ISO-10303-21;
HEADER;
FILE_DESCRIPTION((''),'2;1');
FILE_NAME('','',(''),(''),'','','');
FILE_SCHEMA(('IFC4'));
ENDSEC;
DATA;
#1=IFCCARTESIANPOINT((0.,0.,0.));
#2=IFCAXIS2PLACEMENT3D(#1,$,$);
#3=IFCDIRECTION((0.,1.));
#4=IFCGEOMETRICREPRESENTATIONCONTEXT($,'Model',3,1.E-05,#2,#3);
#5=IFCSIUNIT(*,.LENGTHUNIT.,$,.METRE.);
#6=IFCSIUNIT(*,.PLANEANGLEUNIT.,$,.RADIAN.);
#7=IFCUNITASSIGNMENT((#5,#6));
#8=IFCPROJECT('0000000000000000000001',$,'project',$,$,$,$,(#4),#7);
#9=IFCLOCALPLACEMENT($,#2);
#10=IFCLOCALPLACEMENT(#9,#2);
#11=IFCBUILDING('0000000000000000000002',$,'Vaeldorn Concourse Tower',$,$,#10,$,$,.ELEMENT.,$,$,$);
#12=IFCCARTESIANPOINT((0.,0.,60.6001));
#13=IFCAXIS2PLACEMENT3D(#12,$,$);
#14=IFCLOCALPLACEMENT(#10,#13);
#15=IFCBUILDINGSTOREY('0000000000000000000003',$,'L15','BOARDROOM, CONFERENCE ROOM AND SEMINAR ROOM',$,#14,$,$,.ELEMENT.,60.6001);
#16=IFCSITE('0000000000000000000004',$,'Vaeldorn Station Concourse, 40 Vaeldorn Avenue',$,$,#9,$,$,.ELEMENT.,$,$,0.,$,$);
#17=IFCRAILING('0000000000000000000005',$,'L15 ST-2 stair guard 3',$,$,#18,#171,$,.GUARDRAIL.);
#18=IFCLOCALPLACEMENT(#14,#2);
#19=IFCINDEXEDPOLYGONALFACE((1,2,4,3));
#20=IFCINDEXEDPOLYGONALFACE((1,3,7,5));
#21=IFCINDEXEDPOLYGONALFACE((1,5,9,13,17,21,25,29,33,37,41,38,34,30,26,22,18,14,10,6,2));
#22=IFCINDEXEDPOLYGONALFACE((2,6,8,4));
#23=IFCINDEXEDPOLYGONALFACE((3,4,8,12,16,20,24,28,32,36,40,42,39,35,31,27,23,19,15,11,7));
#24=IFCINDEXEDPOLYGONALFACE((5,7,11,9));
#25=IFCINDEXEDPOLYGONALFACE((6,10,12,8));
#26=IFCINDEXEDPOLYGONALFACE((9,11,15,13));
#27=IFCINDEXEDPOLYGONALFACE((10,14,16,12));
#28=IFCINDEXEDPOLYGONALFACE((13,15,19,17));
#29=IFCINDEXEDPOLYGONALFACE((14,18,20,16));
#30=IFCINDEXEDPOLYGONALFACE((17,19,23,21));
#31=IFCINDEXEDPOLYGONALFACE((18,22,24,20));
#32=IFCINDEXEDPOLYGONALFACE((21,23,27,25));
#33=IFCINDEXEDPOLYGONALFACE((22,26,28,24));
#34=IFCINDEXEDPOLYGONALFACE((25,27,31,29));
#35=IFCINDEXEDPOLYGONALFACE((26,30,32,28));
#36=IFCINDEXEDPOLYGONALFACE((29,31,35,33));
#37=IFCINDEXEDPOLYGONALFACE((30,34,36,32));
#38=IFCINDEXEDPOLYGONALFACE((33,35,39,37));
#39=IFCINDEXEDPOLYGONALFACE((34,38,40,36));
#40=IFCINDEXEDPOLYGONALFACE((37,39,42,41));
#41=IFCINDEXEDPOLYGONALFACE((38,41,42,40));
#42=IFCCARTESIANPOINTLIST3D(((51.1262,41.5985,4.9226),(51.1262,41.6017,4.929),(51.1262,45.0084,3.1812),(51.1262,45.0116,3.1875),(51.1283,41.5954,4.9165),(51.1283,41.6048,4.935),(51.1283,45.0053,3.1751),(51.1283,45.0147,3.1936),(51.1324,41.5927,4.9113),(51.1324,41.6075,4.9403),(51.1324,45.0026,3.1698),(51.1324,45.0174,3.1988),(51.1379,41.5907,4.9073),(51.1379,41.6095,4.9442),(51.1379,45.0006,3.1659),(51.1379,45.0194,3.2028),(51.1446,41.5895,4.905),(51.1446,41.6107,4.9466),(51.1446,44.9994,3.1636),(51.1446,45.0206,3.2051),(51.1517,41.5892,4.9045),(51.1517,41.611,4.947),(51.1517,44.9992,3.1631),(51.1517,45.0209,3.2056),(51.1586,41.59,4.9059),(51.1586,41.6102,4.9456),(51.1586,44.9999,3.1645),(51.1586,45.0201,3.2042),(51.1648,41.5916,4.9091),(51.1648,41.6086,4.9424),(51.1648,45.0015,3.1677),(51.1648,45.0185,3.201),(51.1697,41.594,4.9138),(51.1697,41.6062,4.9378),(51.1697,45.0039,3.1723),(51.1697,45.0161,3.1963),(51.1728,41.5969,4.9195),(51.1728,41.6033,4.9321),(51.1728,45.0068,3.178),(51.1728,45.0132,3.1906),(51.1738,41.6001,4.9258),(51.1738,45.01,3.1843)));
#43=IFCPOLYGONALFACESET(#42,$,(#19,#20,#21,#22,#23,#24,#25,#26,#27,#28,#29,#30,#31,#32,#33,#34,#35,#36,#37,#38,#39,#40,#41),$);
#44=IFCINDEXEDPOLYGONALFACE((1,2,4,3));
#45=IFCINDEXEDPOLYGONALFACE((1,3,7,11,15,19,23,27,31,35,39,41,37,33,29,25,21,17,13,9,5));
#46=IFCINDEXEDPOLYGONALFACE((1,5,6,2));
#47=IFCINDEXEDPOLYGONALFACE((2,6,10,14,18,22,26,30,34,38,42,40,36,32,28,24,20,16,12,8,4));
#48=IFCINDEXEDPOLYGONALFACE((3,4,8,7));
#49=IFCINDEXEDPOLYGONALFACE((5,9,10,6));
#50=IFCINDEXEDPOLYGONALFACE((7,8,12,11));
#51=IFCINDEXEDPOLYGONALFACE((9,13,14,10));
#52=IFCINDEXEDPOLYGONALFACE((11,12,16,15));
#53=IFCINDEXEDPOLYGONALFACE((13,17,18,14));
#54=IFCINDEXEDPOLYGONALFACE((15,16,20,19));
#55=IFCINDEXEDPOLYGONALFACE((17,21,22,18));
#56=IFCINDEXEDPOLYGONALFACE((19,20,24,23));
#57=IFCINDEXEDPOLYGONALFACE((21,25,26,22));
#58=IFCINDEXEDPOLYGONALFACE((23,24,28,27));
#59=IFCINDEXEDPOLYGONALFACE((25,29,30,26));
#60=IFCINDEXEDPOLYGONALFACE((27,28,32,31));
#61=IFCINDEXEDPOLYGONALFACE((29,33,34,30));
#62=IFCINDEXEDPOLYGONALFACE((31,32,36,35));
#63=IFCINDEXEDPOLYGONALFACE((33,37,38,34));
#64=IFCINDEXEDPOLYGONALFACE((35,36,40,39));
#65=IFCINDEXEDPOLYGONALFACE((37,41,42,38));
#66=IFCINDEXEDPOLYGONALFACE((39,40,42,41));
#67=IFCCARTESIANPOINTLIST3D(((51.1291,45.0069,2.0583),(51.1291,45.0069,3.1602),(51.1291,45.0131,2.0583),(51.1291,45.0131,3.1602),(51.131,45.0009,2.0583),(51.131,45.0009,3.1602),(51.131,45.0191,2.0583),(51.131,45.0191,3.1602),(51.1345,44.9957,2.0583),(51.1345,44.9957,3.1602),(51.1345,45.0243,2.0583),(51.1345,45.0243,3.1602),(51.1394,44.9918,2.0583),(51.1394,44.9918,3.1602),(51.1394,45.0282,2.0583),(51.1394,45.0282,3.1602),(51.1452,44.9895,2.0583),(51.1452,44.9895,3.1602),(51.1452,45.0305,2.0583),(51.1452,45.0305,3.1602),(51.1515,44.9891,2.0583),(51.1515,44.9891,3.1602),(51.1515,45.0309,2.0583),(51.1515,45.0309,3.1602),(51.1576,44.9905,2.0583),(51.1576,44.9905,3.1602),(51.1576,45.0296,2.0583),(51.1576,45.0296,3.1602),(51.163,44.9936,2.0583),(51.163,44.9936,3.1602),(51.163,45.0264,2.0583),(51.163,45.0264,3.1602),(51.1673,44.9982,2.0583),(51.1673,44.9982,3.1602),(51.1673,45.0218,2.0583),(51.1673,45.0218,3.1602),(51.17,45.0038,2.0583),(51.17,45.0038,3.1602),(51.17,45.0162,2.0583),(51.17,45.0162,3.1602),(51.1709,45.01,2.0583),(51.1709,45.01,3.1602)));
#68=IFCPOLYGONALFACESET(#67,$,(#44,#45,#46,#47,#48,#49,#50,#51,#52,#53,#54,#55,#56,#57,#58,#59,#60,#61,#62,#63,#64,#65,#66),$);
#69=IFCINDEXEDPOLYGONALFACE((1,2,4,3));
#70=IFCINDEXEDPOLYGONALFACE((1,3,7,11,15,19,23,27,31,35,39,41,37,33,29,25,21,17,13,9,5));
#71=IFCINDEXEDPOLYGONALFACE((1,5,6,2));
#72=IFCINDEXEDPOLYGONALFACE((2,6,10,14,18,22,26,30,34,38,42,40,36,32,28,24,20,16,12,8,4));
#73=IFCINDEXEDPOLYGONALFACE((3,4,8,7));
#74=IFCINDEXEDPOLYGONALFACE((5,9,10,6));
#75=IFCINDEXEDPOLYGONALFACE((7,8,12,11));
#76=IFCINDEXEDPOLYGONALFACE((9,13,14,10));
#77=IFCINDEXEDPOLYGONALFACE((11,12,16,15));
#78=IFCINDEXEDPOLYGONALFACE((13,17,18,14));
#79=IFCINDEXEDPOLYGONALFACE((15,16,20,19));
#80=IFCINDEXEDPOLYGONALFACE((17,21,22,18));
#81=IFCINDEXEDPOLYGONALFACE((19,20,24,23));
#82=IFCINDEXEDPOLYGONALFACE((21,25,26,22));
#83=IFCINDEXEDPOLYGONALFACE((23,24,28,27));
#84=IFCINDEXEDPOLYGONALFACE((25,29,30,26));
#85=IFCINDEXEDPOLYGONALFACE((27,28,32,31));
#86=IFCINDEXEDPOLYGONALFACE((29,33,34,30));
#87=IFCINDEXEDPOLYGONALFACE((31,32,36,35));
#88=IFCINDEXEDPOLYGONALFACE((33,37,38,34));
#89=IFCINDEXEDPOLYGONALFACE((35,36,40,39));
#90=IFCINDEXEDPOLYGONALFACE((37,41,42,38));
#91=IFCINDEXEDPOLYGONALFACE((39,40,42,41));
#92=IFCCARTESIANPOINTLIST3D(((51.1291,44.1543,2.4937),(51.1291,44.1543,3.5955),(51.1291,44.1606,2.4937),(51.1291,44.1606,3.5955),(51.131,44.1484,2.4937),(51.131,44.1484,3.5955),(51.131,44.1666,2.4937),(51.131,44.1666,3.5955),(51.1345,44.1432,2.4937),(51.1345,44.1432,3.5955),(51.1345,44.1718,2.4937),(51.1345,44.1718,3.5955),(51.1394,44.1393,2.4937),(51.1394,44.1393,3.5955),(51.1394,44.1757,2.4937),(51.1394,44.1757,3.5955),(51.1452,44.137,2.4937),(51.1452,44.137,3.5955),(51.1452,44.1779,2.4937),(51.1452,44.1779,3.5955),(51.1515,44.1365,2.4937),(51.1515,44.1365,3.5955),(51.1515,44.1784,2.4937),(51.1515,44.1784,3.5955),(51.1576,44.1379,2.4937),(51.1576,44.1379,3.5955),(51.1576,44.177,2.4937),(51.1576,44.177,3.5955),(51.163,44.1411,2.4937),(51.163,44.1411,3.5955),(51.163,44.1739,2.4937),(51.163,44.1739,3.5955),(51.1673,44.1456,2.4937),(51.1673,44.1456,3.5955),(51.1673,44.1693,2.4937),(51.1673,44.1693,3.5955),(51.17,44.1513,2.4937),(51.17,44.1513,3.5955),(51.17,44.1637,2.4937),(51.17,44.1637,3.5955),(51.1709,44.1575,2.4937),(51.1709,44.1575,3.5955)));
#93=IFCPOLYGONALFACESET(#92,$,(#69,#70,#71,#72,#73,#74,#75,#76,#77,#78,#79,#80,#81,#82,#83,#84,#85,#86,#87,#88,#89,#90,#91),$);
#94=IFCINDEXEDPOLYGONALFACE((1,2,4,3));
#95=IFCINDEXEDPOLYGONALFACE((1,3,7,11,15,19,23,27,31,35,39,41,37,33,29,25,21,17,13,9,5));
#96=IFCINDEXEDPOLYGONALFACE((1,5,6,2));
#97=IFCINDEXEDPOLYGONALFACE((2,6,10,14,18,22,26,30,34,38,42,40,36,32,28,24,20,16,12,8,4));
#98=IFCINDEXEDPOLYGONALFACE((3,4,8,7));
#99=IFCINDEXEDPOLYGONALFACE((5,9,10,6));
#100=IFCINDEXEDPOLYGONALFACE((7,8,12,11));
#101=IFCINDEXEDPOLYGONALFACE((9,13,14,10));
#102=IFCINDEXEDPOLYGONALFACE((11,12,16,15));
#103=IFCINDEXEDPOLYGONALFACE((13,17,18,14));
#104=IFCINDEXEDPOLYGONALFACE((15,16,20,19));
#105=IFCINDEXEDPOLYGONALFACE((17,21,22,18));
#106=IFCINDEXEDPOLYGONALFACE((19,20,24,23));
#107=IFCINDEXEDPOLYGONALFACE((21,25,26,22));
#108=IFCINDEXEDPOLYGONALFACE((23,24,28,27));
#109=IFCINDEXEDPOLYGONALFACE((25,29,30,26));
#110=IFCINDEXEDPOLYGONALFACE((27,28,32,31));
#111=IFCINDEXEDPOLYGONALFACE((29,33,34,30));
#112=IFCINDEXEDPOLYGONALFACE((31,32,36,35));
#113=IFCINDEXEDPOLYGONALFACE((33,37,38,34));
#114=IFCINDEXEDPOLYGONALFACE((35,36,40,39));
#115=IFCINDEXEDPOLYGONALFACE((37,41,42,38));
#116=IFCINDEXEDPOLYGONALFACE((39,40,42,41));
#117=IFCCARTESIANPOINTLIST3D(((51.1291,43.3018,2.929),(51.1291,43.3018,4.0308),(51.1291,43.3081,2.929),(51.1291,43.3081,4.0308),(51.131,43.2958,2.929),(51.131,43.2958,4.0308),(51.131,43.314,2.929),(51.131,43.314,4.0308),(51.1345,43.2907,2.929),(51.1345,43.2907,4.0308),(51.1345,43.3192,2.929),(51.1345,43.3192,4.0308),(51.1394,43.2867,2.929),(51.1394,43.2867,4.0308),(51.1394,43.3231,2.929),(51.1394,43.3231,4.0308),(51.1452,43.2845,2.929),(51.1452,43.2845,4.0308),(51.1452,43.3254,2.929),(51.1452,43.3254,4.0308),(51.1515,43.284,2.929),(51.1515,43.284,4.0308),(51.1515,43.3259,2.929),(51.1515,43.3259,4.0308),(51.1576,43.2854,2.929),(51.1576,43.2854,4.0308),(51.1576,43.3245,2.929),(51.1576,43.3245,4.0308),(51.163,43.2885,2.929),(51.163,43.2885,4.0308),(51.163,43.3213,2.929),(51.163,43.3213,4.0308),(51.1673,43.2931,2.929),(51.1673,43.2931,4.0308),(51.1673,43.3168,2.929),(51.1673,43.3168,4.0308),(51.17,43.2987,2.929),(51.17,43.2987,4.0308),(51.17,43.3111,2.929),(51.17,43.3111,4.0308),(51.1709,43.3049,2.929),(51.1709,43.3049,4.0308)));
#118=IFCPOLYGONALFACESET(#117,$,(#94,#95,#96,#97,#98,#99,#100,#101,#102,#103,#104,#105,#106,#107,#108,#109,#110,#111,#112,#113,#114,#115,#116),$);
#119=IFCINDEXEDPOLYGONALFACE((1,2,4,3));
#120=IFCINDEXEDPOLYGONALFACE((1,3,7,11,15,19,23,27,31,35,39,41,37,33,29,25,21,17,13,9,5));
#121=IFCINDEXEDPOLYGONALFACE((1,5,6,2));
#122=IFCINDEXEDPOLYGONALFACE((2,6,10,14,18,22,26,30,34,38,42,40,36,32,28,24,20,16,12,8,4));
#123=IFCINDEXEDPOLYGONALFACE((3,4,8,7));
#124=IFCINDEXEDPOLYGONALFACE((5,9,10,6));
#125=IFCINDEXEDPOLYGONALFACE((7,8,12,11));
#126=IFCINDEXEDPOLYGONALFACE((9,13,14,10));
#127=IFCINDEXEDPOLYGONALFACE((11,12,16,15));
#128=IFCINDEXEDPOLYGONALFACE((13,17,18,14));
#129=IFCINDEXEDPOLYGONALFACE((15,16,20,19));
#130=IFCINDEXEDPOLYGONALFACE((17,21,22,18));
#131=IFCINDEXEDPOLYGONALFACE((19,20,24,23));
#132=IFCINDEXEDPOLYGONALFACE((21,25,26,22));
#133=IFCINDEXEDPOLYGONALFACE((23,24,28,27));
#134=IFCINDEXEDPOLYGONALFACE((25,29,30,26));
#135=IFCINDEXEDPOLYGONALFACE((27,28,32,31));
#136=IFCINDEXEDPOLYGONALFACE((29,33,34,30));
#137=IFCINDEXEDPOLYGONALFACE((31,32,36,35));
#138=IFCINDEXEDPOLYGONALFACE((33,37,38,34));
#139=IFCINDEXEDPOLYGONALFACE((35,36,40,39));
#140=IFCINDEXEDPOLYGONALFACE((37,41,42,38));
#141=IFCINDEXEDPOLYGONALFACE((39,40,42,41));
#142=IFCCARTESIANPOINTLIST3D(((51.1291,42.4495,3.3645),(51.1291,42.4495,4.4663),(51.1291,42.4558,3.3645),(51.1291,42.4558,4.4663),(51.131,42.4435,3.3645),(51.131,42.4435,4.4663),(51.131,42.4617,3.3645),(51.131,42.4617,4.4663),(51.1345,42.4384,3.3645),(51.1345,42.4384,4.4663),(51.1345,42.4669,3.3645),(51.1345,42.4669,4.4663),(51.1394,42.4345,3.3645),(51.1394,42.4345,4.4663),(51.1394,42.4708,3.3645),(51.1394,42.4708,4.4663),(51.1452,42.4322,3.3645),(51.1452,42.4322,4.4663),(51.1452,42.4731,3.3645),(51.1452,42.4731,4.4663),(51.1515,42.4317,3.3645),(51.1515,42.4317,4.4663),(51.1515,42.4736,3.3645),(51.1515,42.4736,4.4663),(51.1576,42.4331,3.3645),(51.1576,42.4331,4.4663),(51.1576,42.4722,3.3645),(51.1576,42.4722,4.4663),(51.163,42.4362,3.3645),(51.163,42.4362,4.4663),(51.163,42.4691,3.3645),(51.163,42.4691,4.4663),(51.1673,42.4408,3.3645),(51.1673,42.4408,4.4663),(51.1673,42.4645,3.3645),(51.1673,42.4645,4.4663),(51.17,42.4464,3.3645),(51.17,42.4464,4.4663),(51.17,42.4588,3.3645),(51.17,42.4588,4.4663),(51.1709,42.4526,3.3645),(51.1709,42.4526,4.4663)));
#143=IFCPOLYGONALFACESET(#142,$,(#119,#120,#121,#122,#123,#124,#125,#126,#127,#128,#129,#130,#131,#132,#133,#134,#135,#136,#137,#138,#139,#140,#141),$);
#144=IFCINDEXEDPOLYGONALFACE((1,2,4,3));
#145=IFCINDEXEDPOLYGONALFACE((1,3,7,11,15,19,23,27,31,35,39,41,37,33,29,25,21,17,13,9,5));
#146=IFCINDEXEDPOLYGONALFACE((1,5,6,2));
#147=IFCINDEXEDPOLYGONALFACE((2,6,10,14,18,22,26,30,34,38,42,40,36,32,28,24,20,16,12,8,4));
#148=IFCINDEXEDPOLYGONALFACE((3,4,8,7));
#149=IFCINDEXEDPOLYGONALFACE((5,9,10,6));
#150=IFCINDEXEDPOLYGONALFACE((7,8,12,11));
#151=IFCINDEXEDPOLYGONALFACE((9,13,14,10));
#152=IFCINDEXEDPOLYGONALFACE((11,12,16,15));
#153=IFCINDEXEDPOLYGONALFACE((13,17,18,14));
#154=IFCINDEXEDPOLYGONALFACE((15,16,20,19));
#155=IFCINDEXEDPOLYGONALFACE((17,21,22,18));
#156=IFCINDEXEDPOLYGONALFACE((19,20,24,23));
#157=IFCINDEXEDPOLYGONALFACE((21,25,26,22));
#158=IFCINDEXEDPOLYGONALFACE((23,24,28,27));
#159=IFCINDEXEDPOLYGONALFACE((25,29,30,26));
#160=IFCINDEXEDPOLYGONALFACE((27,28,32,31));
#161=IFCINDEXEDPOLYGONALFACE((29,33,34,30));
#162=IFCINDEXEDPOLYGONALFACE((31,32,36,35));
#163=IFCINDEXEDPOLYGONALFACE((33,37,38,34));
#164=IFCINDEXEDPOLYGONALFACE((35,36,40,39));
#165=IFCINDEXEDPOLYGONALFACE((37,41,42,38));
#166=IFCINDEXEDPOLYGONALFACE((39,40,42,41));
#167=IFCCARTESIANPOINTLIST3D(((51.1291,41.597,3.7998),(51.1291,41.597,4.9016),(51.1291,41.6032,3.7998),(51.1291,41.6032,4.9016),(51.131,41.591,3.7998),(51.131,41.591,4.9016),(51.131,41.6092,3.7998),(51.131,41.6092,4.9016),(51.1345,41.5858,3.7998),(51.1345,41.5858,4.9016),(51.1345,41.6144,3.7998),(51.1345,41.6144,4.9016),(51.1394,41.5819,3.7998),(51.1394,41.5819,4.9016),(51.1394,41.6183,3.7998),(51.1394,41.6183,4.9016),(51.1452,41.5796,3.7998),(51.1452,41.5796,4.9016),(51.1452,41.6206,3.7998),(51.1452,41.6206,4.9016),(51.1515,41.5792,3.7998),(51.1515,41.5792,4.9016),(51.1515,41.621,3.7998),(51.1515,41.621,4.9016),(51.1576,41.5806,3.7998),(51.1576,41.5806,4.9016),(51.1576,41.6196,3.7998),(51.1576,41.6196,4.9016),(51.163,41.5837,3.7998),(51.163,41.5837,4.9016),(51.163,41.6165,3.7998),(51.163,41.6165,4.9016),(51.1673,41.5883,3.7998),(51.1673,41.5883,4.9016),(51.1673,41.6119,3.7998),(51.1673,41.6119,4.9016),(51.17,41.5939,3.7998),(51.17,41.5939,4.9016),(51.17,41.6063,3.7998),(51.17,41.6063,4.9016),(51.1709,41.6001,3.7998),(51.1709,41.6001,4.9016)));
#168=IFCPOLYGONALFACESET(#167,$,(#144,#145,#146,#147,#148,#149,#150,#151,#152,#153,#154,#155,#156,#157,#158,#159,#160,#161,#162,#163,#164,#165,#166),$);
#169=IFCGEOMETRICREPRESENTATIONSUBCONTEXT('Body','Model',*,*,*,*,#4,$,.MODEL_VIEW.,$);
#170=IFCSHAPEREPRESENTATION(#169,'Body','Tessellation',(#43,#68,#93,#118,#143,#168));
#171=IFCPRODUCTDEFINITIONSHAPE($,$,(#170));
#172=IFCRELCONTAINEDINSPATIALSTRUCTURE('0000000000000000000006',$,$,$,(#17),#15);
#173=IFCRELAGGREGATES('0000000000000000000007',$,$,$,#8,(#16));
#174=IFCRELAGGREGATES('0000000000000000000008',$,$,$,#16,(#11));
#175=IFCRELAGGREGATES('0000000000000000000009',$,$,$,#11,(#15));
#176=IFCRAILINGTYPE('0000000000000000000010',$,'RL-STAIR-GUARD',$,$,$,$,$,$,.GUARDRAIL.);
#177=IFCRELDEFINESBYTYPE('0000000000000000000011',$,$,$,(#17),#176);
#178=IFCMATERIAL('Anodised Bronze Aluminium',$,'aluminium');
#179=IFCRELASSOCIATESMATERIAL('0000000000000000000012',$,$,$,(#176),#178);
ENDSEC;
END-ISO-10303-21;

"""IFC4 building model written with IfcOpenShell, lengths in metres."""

from ifc_helpers import new_model, si_unit, direction, frame, origin, origin_2d, place, context, subcontext, project, spatial, circle, extrude, material, type_object, element, save


model = new_model("IFC4")

# Units and contexts
model_context = context("Model", 3, precision=1e-05, world=origin(), true_north=direction((0.0, 1.0)))
body_context = subcontext(model_context, "Body", "Model", "MODEL_VIEW")
ifc_project = project(units=[si_unit("LENGTHUNIT", "METRE"), si_unit("PLANEANGLEUNIT", "RADIAN")], contexts=[model_context])

# Site, building, storey
site_placement = place(None, origin())
site = spatial("IfcSite", under=ifc_project, at=site_placement, Name="Vaeldorn Station Concourse, 40 Vaeldorn Avenue", CompositionType="ELEMENT", RefElevation=0.0)
building_placement = place(site_placement, origin())
building = spatial("IfcBuilding", under=site, at=building_placement, Name="Vaeldorn Concourse Tower", CompositionType="ELEMENT")
storey_placement = place(building_placement, frame((0.0, 0.0, 60.6001)))
storey = spatial("IfcBuildingStorey", under=building, at=storey_placement, Name="L15", Description="BOARDROOM, CONFERENCE ROOM AND SEMINAR ROOM", CompositionType="ELEMENT", Elevation=60.6001)

# Shared definitions
ifc_material_1 = material(Name="Anodised Bronze Aluminium", Category="aluminium")

# Railing
railing_type_1 = type_object("IfcRailingType", Name="RL-STAIR-GUARD", PredefinedType="GUARDRAIL", material=ifc_material_1)
railing_1_placement = place(storey_placement, frame((51.1499, 45.01, 2.0583)))
element("IfcRailing", 1, at=railing_1_placement, inside=storey, type_object=railing_type_1, Name="L15 ST-2 stair guard 3", PredefinedType="GUARDRAIL", context=body_context, shape_type="SweptSolid", body=[
    extrude(circle(Radius=0.0239, at=origin_2d()), frame((0.0, 0.0, 1.126), z_axis=(0.0, -0.890582, 0.454823), x_axis=(1.0, 0.0, 0.0)), (0.0, 0.0, 1.0), 3.8289),
    extrude(circle(Radius=0.021, at=origin_2d()), origin(), (0.0, 0.0, 1.0), 1.1018),
    extrude(circle(Radius=0.021, at=origin_2d()), frame((0.0, -0.8525, 0.4353)), (0.0, 0.0, 1.0), 1.1018),
    extrude(circle(Radius=0.021, at=origin_2d()), frame((0.0, -1.7051, 0.8706)), (0.0, 0.0, 1.0), 1.1018),
    extrude(circle(Radius=0.021, at=origin_2d()), frame((0.0, -2.5574, 1.3062)), (0.0, 0.0, 1.0), 1.1018),
    extrude(circle(Radius=0.021, at=origin_2d()), frame((0.0, -3.4099, 1.7415)), (0.0, 0.0, 1.0), 1.1018),
])

save(model, "model.ifc")
